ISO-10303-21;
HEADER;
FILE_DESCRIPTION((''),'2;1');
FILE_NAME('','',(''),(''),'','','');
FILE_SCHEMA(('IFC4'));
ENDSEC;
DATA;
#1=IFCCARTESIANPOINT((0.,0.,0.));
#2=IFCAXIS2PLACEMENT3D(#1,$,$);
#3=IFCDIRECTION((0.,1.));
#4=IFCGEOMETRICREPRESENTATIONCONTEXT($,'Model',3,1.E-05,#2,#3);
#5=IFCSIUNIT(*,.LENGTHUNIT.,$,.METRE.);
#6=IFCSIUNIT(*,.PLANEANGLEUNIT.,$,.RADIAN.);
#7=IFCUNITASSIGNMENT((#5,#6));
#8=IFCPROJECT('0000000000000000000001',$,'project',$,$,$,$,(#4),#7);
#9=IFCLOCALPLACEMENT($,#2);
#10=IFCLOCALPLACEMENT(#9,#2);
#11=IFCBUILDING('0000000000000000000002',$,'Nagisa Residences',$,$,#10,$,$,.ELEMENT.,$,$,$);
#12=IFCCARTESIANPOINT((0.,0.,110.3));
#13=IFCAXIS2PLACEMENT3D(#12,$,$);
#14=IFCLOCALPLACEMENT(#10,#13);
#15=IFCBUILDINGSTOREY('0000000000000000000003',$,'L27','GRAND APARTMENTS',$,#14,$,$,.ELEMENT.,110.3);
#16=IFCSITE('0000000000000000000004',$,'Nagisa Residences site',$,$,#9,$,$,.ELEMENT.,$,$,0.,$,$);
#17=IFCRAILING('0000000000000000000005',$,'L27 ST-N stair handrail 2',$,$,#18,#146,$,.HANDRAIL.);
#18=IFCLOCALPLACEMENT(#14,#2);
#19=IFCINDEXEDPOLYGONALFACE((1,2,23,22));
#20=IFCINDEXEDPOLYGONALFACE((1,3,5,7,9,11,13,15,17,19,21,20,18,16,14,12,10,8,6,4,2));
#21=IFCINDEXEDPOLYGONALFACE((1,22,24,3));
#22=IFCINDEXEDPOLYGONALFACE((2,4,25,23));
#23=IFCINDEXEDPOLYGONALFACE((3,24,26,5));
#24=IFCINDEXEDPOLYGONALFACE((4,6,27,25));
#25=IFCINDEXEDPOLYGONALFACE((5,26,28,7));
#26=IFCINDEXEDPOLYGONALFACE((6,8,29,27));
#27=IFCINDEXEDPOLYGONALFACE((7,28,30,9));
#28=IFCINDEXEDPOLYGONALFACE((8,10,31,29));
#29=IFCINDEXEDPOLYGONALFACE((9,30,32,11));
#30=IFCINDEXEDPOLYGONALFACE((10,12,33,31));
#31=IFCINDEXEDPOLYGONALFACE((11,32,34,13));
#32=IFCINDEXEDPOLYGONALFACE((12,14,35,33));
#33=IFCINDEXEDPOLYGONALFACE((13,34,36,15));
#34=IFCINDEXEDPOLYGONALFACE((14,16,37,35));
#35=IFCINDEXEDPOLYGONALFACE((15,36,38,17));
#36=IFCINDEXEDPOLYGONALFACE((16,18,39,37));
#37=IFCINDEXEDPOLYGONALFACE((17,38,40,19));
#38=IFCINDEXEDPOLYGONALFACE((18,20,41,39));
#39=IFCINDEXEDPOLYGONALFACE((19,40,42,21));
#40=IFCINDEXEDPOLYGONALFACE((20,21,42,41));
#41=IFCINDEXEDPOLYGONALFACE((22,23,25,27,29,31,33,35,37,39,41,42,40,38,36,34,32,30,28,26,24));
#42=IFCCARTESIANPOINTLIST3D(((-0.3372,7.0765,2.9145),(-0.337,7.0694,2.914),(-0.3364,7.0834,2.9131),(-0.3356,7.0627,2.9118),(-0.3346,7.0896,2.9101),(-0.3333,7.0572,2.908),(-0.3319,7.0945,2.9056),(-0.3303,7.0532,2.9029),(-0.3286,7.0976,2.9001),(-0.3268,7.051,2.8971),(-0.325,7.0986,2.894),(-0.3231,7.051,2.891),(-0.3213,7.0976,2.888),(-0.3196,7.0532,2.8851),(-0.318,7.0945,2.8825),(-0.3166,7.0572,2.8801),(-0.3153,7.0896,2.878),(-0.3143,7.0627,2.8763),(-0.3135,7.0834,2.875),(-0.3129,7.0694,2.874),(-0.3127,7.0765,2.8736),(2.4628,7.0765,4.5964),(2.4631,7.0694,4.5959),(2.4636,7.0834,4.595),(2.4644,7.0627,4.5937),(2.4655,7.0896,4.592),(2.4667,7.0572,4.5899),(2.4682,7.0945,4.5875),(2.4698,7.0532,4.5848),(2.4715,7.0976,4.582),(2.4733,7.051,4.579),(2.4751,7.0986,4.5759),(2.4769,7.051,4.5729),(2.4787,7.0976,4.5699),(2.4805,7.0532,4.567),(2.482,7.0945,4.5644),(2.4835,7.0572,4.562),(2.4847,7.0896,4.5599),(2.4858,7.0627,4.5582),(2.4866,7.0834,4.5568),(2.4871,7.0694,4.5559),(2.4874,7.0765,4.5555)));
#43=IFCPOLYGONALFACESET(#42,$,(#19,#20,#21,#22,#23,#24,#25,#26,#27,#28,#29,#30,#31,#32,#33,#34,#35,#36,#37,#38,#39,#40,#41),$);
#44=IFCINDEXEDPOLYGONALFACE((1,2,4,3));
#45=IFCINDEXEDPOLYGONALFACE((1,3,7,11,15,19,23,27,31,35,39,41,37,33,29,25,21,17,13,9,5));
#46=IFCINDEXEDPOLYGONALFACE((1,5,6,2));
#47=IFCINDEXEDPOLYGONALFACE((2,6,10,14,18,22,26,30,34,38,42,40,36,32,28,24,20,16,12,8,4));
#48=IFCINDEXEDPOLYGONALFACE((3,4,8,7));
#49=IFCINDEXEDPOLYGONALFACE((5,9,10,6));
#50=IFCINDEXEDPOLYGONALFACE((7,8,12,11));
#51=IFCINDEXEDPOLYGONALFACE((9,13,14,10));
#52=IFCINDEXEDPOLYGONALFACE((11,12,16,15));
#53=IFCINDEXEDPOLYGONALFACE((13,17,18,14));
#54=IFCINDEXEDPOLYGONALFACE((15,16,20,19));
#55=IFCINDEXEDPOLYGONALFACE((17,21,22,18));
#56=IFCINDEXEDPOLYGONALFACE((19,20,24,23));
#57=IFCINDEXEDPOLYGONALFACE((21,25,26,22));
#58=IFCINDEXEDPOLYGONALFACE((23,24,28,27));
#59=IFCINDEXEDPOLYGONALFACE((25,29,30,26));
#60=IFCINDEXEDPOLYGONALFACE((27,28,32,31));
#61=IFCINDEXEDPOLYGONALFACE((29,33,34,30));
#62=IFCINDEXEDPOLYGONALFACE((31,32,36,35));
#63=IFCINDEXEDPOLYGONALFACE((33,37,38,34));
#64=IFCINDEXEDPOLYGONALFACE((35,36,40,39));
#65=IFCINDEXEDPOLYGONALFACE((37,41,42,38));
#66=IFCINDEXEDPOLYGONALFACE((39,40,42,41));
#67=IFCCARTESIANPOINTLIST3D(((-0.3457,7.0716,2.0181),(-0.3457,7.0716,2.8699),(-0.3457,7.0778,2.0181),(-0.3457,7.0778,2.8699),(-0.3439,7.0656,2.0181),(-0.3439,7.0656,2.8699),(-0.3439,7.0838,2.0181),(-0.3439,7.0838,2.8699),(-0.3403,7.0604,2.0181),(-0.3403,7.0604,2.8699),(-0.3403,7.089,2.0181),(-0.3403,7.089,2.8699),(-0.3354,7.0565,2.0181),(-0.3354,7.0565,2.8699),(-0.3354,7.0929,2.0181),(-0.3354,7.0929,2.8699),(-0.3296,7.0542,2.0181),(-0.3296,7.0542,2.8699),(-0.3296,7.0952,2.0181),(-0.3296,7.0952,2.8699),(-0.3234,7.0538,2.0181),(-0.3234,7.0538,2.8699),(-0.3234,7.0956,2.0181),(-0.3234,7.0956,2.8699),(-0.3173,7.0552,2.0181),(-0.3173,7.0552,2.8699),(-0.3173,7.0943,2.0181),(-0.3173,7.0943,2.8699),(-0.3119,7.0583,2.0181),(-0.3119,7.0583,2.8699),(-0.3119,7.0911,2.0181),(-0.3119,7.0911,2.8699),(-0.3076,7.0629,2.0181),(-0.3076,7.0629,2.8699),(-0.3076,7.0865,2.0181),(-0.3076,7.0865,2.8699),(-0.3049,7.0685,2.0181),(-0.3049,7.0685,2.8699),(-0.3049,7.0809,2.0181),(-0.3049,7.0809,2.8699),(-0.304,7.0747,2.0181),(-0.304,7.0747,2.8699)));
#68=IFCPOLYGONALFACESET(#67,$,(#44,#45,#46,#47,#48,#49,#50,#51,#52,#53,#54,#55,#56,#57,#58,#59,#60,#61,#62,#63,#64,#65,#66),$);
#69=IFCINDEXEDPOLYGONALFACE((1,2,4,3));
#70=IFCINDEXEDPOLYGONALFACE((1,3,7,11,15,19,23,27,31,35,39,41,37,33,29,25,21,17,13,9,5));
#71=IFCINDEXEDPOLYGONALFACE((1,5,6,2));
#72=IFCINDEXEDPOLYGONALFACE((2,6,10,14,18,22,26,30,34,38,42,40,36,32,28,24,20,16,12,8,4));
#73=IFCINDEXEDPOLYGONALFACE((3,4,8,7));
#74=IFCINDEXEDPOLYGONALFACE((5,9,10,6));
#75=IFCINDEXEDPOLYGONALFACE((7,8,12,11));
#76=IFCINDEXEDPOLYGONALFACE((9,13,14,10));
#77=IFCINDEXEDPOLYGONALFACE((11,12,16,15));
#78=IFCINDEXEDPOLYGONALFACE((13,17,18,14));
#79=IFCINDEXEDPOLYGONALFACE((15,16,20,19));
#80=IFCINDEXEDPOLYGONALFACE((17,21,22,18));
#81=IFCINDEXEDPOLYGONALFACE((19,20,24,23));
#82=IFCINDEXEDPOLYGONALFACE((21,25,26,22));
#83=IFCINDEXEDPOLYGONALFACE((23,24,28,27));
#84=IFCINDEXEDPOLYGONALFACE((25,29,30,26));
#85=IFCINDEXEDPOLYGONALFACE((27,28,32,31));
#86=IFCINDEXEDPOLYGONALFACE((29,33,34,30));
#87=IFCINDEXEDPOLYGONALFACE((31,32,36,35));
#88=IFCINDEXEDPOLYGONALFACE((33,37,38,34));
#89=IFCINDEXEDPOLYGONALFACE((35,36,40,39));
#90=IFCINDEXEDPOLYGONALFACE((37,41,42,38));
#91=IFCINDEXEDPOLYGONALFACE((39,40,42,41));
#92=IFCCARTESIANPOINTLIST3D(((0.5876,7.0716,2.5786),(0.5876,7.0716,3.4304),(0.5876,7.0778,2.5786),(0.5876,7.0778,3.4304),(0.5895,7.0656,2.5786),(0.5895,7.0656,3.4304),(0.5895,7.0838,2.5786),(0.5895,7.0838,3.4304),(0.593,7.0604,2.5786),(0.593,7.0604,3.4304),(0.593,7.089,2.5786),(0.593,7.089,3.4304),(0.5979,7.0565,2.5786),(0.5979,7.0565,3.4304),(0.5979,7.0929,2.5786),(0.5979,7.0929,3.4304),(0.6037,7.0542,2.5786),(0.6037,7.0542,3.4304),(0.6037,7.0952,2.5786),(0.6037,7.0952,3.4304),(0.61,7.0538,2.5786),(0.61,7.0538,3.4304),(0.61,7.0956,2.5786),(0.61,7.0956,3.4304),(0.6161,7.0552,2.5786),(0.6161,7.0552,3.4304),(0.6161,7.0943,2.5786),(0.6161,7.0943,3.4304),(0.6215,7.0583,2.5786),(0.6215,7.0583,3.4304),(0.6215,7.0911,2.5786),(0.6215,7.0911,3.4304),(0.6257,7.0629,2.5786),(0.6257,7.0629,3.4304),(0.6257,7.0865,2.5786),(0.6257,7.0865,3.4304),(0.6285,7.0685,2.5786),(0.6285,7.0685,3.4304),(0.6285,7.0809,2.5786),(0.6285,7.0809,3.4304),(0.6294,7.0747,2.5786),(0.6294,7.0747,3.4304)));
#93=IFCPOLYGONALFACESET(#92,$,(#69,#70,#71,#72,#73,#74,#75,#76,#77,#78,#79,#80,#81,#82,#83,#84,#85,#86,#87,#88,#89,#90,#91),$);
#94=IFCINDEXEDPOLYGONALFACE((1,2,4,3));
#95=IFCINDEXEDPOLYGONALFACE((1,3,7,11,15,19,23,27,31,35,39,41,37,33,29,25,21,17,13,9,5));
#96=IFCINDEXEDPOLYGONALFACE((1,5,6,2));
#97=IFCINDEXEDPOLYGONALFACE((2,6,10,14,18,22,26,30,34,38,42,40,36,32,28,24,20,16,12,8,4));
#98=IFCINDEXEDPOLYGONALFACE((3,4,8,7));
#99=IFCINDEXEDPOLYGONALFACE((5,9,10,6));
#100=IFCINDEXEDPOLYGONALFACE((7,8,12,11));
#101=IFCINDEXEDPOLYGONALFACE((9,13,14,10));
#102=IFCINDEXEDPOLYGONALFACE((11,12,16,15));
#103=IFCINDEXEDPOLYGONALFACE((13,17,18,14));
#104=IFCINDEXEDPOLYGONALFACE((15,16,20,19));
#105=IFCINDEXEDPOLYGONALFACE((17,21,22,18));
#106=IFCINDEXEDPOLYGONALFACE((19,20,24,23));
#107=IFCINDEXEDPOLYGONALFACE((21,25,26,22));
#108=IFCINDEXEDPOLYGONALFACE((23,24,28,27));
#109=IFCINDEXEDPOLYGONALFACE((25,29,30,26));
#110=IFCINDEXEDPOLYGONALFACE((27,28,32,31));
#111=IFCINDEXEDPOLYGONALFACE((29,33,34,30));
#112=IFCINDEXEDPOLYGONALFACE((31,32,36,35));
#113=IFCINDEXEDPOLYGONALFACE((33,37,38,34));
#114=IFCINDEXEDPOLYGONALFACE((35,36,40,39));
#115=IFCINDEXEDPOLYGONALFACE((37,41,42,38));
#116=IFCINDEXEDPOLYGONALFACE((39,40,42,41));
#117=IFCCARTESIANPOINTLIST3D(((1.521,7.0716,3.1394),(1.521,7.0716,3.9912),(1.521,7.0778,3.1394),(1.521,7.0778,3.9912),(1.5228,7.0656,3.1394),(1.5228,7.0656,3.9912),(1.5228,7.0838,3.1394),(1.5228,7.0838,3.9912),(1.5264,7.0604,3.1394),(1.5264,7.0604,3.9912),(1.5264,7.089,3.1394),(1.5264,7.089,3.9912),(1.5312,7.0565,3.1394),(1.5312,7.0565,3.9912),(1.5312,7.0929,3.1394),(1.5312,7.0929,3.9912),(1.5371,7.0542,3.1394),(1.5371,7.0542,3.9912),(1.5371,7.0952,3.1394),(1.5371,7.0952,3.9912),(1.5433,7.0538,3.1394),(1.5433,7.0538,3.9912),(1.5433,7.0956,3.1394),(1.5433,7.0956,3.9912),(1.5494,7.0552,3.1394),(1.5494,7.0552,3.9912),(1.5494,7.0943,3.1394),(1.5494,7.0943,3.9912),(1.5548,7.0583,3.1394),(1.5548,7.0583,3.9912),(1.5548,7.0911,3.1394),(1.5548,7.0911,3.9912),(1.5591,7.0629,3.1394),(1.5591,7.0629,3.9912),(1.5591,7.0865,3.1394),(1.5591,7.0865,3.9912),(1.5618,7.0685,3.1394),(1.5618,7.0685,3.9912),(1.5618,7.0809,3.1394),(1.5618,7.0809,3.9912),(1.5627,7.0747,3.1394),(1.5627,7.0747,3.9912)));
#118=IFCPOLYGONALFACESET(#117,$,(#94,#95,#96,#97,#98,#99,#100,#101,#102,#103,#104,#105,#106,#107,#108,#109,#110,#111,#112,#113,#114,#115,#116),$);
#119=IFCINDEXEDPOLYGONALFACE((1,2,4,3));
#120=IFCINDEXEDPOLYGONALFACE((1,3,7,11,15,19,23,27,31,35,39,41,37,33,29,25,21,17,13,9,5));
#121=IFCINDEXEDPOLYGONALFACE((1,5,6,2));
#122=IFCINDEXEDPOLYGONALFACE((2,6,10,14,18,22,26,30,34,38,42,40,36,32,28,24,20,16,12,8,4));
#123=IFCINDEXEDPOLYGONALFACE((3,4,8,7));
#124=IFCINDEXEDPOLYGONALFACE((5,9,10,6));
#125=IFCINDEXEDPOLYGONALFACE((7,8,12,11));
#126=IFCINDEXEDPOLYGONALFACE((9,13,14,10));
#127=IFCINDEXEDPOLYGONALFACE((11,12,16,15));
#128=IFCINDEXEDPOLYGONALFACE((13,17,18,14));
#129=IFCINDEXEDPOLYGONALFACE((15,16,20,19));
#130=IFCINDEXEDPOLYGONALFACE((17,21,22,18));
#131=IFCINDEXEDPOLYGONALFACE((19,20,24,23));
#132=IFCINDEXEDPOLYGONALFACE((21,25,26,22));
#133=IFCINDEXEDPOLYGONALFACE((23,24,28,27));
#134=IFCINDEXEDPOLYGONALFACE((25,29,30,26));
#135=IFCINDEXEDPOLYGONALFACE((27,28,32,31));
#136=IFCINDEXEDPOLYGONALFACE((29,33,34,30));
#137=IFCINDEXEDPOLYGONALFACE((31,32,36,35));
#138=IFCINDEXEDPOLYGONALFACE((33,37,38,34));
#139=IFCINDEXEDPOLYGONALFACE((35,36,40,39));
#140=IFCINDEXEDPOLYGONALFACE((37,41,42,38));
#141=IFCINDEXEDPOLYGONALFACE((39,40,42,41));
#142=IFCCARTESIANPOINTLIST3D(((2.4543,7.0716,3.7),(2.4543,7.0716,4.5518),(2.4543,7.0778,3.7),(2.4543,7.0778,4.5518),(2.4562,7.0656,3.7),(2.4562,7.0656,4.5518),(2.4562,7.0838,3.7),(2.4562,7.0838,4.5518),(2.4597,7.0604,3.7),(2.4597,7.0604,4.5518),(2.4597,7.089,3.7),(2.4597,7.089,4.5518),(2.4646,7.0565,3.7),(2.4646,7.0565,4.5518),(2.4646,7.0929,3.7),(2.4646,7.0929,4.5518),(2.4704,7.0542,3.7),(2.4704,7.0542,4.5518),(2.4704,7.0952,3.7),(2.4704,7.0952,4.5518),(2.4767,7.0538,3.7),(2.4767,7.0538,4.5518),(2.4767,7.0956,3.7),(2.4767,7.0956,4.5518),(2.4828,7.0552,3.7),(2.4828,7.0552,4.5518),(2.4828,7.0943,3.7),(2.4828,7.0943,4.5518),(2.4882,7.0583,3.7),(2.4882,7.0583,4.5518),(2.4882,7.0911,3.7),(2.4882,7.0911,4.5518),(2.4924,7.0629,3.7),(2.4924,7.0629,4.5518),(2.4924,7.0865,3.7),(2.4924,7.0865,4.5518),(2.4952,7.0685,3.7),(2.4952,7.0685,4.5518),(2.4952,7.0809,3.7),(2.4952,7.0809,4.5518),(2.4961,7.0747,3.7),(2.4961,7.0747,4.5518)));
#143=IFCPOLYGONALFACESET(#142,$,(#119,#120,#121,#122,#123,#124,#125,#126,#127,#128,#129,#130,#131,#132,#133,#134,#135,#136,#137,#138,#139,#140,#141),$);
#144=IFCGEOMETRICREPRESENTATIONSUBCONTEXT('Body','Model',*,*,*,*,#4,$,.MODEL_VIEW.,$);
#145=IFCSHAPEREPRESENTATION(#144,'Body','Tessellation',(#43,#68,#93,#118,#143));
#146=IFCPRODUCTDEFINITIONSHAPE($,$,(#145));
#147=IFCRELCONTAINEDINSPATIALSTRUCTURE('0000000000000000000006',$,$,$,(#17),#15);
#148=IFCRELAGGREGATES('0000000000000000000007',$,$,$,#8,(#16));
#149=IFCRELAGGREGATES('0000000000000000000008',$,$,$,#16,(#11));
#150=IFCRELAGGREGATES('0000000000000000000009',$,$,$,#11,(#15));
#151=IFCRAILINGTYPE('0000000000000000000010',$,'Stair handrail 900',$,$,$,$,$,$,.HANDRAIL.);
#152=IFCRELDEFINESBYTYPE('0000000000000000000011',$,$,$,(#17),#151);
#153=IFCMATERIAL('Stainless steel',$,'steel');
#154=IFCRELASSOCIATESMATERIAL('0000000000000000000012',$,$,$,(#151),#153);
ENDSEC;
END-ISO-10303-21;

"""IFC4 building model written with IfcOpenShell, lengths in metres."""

from ifc_helpers import new_model, si_unit, direction, frame, origin, origin_2d, place, context, subcontext, project, spatial, circle, extrude, material, type_object, element, save


model = new_model("IFC4")

# Units and contexts
model_context = context("Model", 3, precision=1e-05, world=origin(), true_north=direction((0.0, 1.0)))
body_context = subcontext(model_context, "Body", "Model", "MODEL_VIEW")
ifc_project = project(units=[si_unit("LENGTHUNIT", "METRE"), si_unit("PLANEANGLEUNIT", "RADIAN")], contexts=[model_context])

# Site, building, storey
site_placement = place(None, origin())
site = spatial("IfcSite", under=ifc_project, at=site_placement, Name="Nagisa Residences site", CompositionType="ELEMENT", RefElevation=0.0)
building_placement = place(site_placement, origin())
building = spatial("IfcBuilding", under=site, at=building_placement, Name="Nagisa Residences", CompositionType="ELEMENT")
storey_placement = place(building_placement, frame((0.0, 0.0, 110.3)))
storey = spatial("IfcBuildingStorey", under=building, at=storey_placement, Name="L27", Description="GRAND APARTMENTS", CompositionType="ELEMENT", Elevation=110.3)

# Railing
ifc_material_1 = material(Name="Stainless steel", Category="steel")
railing_type = type_object("IfcRailingType", Name="Stair handrail 900", PredefinedType="HANDRAIL", material=ifc_material_1)
railing_placement = place(storey_placement, frame((-0.325, 7.0747, 2.0181)))
element("IfcRailing", 1, at=railing_placement, inside=storey, type_object=railing_type, Name="L27 ST-N stair handrail 2", PredefinedType="HANDRAIL", context=body_context, shape_type="SweptSolid", body=[
    extrude(circle(Radius=0.0239, at=origin_2d()), frame((0.0, 0.0, 0.876), z_axis=(0.857242, 0.0, 0.514913), x_axis=(0.0, 1.0, 0.0)), (0.0, 0.0, 1.0), 3.2664),
    extrude(circle(Radius=0.021, at=origin_2d()), origin(), (0.0, 0.0, 1.0), 0.8518),
    extrude(circle(Radius=0.021, at=origin_2d()), frame((0.9333, 0.0, 0.5605)), (0.0, 0.0, 1.0), 0.8518),
    extrude(circle(Radius=0.021, at=origin_2d()), frame((1.8667, 0.0, 1.1213)), (0.0, 0.0, 1.0), 0.8518),
    extrude(circle(Radius=0.021, at=origin_2d()), frame((2.8, 0.0, 1.6819)), (0.0, 0.0, 1.0), 0.8518),
])

save(model, "model.ifc")
